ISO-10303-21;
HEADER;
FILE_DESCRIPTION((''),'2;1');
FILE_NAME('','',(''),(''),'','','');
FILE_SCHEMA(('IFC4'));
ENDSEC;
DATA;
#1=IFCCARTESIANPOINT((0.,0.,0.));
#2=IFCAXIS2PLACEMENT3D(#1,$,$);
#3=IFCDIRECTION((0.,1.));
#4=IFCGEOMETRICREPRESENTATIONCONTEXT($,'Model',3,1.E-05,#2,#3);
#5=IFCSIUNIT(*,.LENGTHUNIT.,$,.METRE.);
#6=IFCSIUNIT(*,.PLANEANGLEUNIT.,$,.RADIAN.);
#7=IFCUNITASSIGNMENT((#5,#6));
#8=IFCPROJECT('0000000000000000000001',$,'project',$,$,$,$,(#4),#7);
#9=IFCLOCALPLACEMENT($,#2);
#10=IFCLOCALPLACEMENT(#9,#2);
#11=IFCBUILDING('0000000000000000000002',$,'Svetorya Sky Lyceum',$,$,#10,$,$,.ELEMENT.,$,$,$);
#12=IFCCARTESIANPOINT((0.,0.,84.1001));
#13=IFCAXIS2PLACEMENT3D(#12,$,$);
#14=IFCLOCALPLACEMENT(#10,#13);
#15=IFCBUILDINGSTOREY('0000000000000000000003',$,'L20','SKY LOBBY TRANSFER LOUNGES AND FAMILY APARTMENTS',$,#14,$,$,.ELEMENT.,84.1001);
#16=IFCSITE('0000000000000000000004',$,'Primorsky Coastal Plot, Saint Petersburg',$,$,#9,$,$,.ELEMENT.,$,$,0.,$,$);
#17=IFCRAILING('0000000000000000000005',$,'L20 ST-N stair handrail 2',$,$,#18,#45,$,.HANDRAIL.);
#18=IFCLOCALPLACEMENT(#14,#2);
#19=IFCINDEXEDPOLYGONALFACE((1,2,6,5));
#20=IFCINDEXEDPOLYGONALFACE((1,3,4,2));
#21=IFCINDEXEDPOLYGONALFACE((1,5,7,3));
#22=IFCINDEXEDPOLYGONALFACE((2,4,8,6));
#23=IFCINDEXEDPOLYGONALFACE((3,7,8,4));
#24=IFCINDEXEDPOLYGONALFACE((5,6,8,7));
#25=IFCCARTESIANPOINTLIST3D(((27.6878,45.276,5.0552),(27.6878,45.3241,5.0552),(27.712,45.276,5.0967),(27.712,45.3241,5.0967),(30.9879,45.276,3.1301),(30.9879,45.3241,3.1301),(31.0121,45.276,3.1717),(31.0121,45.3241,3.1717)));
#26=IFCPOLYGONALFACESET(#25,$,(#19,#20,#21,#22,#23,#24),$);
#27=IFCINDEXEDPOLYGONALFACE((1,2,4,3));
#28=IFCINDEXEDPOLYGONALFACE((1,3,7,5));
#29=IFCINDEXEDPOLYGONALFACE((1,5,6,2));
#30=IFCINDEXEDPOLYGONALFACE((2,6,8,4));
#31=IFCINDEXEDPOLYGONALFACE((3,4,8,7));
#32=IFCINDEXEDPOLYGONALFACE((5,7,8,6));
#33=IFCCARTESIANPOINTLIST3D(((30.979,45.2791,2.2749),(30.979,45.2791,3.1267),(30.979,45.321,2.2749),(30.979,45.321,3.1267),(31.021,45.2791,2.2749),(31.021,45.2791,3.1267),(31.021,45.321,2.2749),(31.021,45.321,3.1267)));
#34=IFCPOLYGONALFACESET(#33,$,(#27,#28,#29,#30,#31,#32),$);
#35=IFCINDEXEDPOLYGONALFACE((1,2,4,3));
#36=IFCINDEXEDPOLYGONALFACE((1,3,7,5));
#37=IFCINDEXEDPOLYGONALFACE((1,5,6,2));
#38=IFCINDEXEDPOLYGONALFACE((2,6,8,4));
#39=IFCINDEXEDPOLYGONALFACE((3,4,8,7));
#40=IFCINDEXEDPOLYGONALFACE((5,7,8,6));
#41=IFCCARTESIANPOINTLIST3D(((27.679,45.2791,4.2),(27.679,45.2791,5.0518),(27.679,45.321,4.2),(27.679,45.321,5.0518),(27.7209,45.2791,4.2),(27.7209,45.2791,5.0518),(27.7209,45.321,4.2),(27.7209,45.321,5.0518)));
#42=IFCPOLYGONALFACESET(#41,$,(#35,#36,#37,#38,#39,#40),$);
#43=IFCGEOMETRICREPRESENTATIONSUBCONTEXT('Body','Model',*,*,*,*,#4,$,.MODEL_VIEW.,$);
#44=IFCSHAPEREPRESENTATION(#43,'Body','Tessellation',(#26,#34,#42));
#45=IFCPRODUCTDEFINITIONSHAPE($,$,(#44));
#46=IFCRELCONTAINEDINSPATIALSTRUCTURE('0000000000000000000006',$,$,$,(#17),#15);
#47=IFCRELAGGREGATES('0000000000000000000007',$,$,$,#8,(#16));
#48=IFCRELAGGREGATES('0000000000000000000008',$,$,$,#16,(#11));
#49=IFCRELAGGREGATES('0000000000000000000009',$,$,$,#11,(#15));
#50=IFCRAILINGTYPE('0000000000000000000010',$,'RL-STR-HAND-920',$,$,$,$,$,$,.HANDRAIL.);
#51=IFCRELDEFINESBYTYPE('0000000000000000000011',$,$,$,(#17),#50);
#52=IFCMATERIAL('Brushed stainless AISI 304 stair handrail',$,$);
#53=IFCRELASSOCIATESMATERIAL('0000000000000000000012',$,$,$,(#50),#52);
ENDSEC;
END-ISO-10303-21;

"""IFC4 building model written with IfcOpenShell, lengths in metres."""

from ifc_helpers import new_model, si_unit, direction, frame, origin, origin_2d, place, context, subcontext, project, spatial, rectangle, extrude, material, type_object, element, save


model = new_model("IFC4")

# Units and contexts
model_context = context("Model", 3, precision=1e-05, world=origin(), true_north=direction((0.0, 1.0)))
body_context = subcontext(model_context, "Body", "Model", "MODEL_VIEW")
ifc_project = project(units=[si_unit("LENGTHUNIT", "METRE"), si_unit("PLANEANGLEUNIT", "RADIAN")], contexts=[model_context])

# Site, building, storey
site_placement = place(None, origin())
site = spatial("IfcSite", under=ifc_project, at=site_placement, Name="Primorsky Coastal Plot, Saint Petersburg", CompositionType="ELEMENT", RefElevation=0.0)
building_placement = place(site_placement, origin())
building = spatial("IfcBuilding", under=site, at=building_placement, Name="Svetorya Sky Lyceum", CompositionType="ELEMENT")
storey_placement = place(building_placement, frame((0.0, 0.0, 84.1001)))
storey = spatial("IfcBuildingStorey", under=building, at=storey_placement, Name="L20", Description="SKY LOBBY TRANSFER LOUNGES AND FAMILY APARTMENTS", CompositionType="ELEMENT", Elevation=84.1001)

# Railing
ifc_material_1 = material(Name="Brushed stainless AISI 304 stair handrail")
railing_type_1 = type_object("IfcRailingType", Name="RL-STR-HAND-920", PredefinedType="HANDRAIL", material=ifc_material_1)
railing_1_placement = place(storey_placement, frame((31.0, 45.3, 2.2749)))
element("IfcRailing", 1, at=railing_1_placement, inside=storey, type_object=railing_type_1, Name="L20 ST-N stair handrail 2", PredefinedType="HANDRAIL", context=body_context, shape_type="SweptSolid", body=[
    extrude(rectangle(XDim=0.0481, YDim=0.0481, at=origin_2d()), frame((0.0, 0.0, 0.876), z_axis=(-0.863777, 0.0, 0.503875), x_axis=(0.0, -1.0, 0.0)), (0.0, 0.0, 1.0), 3.8206),
    extrude(rectangle(XDim=0.042, YDim=0.042, at=origin_2d()), origin(), (0.0, 0.0, 1.0), 0.8518),
    extrude(rectangle(XDim=0.042, YDim=0.042, at=origin_2d()), frame((-3.3, 0.0, 1.925)), (0.0, 0.0, 1.0), 0.8518),
])

save(model, "model.ifc")
